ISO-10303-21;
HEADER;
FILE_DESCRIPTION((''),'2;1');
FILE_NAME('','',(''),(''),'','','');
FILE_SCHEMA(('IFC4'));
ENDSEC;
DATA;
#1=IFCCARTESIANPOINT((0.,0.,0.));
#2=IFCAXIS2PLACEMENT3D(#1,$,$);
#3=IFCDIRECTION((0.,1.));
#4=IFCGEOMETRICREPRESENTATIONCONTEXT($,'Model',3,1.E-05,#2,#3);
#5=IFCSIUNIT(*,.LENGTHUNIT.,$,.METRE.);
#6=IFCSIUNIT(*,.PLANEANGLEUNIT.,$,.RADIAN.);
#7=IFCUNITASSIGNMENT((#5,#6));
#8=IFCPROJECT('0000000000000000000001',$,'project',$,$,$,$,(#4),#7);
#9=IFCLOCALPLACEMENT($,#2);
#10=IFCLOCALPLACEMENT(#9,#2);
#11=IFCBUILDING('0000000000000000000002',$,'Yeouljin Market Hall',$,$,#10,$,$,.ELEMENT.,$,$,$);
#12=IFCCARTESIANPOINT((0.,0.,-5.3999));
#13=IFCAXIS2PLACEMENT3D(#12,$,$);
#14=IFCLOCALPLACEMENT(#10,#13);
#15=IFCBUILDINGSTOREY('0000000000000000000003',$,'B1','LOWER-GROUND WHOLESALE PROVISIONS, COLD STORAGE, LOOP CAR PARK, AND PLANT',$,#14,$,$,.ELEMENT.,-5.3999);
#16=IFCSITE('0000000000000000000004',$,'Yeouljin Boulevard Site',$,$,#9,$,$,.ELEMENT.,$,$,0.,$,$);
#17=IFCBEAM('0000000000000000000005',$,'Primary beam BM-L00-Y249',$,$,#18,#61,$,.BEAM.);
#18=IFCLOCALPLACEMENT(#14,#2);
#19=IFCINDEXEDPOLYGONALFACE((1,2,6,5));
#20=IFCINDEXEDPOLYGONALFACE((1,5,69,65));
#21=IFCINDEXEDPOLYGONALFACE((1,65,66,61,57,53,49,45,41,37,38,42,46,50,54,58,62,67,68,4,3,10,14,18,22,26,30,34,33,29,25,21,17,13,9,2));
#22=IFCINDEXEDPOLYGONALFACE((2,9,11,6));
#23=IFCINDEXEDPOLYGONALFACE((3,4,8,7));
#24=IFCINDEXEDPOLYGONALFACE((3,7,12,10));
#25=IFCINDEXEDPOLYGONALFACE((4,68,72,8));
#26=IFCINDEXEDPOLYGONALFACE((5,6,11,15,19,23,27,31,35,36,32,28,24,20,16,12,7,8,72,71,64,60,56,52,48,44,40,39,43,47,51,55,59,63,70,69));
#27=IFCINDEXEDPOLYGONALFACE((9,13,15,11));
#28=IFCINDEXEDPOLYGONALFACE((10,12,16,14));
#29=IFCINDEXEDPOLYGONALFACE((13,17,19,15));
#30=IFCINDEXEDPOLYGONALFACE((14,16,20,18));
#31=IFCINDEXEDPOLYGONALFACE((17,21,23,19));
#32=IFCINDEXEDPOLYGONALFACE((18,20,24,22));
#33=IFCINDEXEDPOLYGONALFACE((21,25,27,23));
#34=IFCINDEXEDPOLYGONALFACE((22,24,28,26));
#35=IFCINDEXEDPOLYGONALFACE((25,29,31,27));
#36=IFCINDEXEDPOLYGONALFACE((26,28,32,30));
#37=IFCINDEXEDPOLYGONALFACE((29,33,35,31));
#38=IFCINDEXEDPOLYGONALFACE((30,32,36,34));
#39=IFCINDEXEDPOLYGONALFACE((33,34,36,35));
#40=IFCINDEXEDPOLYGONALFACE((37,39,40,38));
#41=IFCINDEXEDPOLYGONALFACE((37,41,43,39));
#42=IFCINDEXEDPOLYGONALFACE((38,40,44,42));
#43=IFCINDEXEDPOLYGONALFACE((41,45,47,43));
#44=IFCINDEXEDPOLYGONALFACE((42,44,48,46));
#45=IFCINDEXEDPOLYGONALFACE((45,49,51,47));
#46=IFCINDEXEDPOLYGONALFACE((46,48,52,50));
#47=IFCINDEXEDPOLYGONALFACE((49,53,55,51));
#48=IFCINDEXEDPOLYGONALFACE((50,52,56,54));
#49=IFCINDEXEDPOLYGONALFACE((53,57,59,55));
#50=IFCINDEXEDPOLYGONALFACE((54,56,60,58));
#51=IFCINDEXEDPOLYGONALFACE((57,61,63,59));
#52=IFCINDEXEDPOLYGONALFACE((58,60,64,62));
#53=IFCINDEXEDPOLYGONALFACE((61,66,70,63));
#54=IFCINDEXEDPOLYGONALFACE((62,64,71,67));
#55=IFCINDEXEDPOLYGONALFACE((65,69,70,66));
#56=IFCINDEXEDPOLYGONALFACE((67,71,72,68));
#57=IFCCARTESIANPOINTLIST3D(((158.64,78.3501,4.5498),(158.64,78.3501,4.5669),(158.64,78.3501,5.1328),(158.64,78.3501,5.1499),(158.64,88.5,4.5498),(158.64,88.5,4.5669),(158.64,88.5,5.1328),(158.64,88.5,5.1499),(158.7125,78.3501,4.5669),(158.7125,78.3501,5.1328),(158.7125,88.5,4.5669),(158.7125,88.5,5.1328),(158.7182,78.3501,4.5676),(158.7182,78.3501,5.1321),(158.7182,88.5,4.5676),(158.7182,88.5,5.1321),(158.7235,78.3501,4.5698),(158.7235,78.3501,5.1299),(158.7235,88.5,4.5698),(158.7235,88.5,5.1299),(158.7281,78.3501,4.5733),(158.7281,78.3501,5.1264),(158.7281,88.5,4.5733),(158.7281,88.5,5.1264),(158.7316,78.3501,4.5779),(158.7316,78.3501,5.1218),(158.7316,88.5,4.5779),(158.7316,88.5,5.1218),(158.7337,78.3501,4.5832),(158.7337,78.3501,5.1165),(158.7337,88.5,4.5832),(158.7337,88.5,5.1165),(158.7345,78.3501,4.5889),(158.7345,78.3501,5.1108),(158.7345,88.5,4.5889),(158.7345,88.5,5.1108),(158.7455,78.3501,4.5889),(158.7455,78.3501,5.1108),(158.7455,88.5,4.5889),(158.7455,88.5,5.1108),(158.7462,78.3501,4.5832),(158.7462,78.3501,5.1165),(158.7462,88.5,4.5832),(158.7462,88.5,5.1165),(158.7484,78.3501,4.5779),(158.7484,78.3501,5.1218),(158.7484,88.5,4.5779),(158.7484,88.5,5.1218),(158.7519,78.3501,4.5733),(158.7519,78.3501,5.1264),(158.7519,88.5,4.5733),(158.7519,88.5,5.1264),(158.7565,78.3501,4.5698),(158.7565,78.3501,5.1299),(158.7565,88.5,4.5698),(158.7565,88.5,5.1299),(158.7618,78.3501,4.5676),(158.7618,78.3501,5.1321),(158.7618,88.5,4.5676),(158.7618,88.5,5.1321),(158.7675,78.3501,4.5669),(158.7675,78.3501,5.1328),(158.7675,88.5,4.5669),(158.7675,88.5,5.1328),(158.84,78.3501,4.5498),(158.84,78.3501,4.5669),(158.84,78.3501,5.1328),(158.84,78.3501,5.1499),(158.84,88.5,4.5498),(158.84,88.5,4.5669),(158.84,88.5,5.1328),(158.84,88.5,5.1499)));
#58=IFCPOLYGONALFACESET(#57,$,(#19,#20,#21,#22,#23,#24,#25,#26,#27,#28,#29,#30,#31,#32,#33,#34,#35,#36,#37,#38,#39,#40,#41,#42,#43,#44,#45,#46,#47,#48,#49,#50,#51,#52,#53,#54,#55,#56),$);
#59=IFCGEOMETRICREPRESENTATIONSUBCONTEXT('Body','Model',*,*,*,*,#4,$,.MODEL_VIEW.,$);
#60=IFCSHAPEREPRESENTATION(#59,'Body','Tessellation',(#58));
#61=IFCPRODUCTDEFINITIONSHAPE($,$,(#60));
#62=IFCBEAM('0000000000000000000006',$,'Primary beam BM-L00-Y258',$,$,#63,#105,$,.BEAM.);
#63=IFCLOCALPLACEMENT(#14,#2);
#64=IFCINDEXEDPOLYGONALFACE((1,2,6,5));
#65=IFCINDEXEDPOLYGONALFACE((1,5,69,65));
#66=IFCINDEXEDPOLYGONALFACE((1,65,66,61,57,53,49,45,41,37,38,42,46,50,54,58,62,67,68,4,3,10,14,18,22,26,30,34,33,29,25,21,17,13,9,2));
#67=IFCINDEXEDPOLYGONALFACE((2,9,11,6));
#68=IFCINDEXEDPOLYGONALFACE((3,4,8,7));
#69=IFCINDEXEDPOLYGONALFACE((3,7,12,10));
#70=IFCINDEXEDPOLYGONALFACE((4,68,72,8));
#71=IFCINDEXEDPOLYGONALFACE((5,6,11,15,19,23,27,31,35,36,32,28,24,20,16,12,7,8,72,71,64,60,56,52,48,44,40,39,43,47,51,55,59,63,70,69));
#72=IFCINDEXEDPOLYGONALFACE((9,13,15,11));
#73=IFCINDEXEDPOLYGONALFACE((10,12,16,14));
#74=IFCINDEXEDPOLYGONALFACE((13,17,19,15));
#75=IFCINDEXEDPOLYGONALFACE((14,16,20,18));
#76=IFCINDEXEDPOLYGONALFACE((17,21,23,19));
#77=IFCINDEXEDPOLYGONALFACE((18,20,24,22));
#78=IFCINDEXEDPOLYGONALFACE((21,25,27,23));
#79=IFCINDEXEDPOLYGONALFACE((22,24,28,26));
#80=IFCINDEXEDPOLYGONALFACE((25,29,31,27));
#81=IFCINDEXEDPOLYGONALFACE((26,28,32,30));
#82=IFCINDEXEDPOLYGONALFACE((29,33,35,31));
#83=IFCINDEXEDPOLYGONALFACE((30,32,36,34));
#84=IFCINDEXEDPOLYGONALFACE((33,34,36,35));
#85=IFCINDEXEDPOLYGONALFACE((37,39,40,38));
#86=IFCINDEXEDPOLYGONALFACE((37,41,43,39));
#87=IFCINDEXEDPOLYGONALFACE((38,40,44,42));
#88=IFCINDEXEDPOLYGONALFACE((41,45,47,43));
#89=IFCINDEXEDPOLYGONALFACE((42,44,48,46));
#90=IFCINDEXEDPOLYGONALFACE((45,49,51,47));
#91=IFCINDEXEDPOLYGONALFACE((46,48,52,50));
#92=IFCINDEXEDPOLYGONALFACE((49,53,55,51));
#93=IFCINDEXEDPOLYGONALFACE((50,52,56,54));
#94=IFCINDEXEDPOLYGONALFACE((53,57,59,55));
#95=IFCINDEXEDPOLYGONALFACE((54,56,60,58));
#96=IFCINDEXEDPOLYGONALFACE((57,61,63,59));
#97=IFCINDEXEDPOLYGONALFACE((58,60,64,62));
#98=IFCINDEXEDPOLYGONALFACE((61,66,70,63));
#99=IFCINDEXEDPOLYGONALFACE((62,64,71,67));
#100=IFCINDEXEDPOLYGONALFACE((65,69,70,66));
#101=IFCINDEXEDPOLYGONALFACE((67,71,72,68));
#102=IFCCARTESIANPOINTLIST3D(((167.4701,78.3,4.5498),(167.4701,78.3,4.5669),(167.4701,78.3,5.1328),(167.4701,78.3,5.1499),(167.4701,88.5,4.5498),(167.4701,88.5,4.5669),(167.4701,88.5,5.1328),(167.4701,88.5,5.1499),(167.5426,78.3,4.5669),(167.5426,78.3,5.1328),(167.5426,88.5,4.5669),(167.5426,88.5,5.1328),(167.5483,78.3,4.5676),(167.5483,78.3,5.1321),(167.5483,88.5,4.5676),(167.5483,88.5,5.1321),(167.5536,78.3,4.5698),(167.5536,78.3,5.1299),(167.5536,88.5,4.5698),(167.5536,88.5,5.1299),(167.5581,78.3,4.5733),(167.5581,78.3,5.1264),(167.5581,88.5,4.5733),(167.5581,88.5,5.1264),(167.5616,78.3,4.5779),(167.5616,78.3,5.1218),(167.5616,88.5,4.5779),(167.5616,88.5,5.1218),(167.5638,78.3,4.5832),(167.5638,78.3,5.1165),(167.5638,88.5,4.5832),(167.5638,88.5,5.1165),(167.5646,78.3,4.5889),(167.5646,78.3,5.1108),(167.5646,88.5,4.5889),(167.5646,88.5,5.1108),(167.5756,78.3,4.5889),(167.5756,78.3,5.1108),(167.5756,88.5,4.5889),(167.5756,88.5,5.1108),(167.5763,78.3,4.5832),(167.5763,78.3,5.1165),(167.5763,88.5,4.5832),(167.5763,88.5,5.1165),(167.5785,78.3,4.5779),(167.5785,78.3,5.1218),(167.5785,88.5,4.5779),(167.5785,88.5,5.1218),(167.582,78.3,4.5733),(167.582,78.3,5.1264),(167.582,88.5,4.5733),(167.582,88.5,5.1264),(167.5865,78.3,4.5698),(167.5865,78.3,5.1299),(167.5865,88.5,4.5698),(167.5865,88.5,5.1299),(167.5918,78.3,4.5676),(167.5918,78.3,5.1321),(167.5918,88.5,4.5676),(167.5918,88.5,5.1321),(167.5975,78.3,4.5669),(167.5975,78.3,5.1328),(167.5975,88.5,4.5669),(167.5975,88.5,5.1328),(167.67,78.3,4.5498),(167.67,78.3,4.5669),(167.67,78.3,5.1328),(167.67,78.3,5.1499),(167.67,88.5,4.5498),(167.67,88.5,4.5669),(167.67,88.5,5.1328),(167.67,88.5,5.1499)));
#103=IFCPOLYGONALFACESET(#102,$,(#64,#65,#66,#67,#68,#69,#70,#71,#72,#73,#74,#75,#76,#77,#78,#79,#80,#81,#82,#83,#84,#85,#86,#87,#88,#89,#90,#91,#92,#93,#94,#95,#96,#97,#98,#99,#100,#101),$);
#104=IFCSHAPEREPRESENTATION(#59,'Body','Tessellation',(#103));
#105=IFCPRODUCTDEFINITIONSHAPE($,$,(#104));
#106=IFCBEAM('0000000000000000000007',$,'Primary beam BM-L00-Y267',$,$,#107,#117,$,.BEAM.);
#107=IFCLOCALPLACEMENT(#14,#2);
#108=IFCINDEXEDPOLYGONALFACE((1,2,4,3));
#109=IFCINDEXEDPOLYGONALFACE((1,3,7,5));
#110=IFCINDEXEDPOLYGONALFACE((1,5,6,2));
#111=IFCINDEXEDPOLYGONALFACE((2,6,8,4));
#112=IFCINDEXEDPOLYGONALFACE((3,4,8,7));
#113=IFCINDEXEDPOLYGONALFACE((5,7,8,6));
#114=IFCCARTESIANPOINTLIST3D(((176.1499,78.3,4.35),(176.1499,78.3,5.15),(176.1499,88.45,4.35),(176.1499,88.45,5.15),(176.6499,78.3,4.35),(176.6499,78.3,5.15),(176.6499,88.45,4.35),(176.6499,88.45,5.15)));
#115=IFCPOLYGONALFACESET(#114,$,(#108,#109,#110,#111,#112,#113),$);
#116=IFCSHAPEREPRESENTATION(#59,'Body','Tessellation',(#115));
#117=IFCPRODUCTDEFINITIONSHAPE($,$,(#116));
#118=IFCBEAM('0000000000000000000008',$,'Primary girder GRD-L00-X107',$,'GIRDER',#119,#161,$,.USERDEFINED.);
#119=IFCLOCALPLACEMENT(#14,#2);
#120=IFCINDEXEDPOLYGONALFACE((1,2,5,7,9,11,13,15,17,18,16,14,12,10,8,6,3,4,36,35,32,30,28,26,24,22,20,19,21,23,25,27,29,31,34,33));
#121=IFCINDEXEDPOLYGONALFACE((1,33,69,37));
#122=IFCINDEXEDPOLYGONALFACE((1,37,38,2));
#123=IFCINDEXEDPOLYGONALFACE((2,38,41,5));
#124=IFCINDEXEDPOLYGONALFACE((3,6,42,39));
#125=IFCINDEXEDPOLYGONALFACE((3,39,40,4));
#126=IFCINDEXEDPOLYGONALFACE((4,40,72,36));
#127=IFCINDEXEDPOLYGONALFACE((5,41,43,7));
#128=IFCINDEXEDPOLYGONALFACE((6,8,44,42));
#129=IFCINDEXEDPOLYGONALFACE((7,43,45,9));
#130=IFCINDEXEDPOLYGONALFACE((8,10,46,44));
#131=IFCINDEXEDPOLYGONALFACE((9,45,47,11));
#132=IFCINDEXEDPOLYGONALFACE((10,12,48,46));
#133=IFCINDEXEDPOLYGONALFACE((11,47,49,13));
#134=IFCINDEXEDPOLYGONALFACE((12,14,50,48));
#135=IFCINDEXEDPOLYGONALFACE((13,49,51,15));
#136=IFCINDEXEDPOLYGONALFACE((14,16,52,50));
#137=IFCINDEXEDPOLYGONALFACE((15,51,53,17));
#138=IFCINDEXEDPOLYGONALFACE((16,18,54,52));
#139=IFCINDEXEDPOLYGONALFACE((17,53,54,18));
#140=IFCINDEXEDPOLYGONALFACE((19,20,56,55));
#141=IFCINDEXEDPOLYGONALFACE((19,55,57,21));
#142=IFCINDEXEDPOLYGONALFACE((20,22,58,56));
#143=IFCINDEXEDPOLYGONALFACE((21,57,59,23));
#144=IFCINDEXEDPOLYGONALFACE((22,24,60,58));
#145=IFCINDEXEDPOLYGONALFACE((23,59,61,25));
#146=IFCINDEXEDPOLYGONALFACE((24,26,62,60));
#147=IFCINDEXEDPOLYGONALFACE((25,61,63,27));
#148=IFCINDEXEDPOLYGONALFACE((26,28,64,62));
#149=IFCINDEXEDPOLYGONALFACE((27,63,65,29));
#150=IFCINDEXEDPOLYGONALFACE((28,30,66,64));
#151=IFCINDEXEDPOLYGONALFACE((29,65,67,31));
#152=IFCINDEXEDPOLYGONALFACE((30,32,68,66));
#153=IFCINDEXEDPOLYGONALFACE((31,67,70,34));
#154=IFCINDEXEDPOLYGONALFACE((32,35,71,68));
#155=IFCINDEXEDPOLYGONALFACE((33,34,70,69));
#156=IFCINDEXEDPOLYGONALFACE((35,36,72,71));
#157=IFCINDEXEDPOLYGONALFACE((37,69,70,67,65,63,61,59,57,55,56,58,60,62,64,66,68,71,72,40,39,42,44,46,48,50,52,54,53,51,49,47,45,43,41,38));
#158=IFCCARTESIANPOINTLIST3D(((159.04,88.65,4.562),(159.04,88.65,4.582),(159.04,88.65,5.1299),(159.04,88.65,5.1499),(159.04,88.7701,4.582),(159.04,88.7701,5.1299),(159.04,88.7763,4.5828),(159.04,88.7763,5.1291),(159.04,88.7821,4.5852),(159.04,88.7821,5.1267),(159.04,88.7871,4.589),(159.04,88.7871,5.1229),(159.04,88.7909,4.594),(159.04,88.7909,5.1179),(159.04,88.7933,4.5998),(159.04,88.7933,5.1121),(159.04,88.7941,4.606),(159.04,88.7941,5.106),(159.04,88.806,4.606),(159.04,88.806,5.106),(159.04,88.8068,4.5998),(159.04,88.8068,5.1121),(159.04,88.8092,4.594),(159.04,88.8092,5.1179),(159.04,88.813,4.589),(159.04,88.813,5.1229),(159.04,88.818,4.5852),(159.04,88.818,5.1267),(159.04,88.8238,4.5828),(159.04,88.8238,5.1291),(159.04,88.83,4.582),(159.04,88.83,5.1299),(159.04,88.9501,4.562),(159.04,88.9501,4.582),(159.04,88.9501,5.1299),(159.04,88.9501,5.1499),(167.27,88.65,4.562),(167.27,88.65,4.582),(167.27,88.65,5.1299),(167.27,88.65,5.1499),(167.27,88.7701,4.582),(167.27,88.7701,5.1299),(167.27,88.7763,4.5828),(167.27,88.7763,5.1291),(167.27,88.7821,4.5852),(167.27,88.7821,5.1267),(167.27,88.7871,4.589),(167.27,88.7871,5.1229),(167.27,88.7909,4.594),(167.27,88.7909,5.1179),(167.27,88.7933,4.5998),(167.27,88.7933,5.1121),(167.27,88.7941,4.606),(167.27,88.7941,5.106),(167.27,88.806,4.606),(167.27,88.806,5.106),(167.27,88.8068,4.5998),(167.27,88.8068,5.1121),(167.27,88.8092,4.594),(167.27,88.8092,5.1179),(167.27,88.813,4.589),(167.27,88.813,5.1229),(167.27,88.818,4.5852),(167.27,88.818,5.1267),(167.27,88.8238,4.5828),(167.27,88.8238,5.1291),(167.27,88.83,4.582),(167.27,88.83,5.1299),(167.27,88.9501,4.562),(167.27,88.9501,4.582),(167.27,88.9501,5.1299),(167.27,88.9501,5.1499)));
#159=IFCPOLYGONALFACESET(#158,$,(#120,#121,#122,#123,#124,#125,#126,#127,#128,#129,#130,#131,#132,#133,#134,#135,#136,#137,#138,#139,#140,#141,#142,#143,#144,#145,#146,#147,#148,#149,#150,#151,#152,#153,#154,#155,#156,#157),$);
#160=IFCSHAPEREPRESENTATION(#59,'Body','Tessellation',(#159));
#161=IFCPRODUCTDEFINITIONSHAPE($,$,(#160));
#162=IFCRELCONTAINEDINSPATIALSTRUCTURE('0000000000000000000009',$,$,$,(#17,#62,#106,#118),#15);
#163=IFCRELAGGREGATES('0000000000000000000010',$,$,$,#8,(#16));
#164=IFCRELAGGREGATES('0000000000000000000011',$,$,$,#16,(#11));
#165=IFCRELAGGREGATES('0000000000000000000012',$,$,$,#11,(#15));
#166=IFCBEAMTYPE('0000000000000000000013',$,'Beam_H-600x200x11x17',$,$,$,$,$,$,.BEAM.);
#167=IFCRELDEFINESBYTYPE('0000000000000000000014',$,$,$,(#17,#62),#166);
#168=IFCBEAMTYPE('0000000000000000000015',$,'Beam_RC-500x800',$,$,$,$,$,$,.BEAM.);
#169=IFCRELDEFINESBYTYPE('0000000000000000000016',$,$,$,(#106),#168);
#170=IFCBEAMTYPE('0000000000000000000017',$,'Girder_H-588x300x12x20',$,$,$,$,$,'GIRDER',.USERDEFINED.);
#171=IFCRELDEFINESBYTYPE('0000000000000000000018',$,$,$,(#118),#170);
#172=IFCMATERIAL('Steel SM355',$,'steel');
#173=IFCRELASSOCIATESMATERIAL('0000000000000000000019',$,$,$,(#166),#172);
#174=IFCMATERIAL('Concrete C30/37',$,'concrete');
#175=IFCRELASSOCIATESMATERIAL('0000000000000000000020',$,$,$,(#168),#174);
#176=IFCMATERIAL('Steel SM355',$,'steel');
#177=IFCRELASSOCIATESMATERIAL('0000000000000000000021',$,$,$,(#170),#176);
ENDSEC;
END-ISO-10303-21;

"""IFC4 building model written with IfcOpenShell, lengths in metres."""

from ifc_helpers import new_model, si_unit, direction, frame, origin, origin_2d, place, context, subcontext, project, spatial, rectangle, i_section, extrude, material, material_profile, profile_set, type_object, element, save


model = new_model("IFC4")

# Units and contexts
model_context = context("Model", 3, precision=1e-05, world=origin(), true_north=direction((0.0, 1.0)))
body_context = subcontext(model_context, "Body", "Model", "MODEL_VIEW")
ifc_project = project(units=[si_unit("LENGTHUNIT", "METRE"), si_unit("PLANEANGLEUNIT", "RADIAN")], contexts=[model_context])

# Site, building, storey
site_placement = place(None, origin())
site = spatial("IfcSite", under=ifc_project, at=site_placement, Name="Yeouljin Boulevard Site", CompositionType="ELEMENT", RefElevation=0.0)
building_placement = place(site_placement, origin())
building = spatial("IfcBuilding", under=site, at=building_placement, Name="Yeouljin Market Hall", CompositionType="ELEMENT")
storey_placement = place(building_placement, frame((0.0, 0.0, -5.3999)))
storey = spatial("IfcBuildingStorey", under=building, at=storey_placement, Name="B1", Description="LOWER-GROUND WHOLESALE PROVISIONS, COLD STORAGE, LOOP CAR PARK, AND PLANT", CompositionType="ELEMENT", Elevation=-5.3999)

# Beams
ifc_material_1 = material(Name="Steel SM355", Category="steel")
ifc_material_profile_1 = material_profile(ifc_material_1, i_section(OverallWidth=0.2, OverallDepth=0.6001, WebThickness=0.011, FlangeThickness=0.0171, FilletRadius=0.022, at=origin_2d()), Name="H-600x200x11x17")
ifc_profile_set_1 = profile_set([ifc_material_profile_1], Name="Steel SM355")
beam_type_1 = type_object("IfcBeamType", Name="Beam_H-600x200x11x17", PredefinedType="BEAM", material=ifc_profile_set_1)
beam_1_placement = place(storey_placement, frame((158.74, 78.3501, 4.8499), z_axis=(0.0, 1.0, 0.0), x_axis=(-1.0, 0.0, 0.0)))
element("IfcBeam", 1, at=beam_1_placement, inside=storey, type_object=beam_type_1, Name="Primary beam BM-L00-Y249", PredefinedType="BEAM", context=body_context, shape_type="SweptSolid", body=[
    extrude(i_section(OverallWidth=0.2, OverallDepth=0.6001, WebThickness=0.011, FlangeThickness=0.0171, FilletRadius=0.022, at=origin_2d()), origin(), (0.0, 0.0, 1.0), 10.1499),
])
beam_2_placement = place(storey_placement, frame((167.5701, 78.3, 4.8499), z_axis=(0.0, 1.0, 0.0), x_axis=(-1.0, 0.0, 0.0)))
element("IfcBeam", 2, at=beam_2_placement, inside=storey, type_object=beam_type_1, Name="Primary beam BM-L00-Y258", PredefinedType="BEAM", context=body_context, shape_type="SweptSolid", body=[
    extrude(i_section(OverallWidth=0.2, OverallDepth=0.6001, WebThickness=0.011, FlangeThickness=0.0171, FilletRadius=0.022, at=origin_2d()), origin(), (0.0, 0.0, 1.0), 10.2),
])
ifc_material_2 = material(Name="Concrete C30/37", Category="concrete")
ifc_material_profile_2 = material_profile(ifc_material_2, rectangle(XDim=0.5, YDim=0.8, at=origin_2d()), Name="RC-500x800")
ifc_profile_set_2 = profile_set([ifc_material_profile_2], Name="Concrete C30/37")
beam_type_2 = type_object("IfcBeamType", Name="Beam_RC-500x800", PredefinedType="BEAM", material=ifc_profile_set_2)
beam_3_placement = place(storey_placement, frame((176.3999, 78.3, 4.75), z_axis=(0.0, 1.0, 0.0), x_axis=(-1.0, 0.0, 0.0)))
element("IfcBeam", 3, at=beam_3_placement, inside=storey, type_object=beam_type_2, Name="Primary beam BM-L00-Y267", PredefinedType="BEAM", context=body_context, shape_type="SweptSolid", body=[
    extrude(rectangle(XDim=0.5, YDim=0.8, at=origin_2d()), origin(), (0.0, 0.0, 1.0), 10.1499),
])
ifc_material_3 = material(Name="Steel SM355", Category="steel")
ifc_material_profile_3 = material_profile(ifc_material_3, i_section(OverallWidth=0.3, OverallDepth=0.5879, WebThickness=0.012, FlangeThickness=0.02, FilletRadius=0.0239, at=origin_2d()), Name="H-588x300x12x20")
ifc_profile_set_3 = profile_set([ifc_material_profile_3], Name="Steel SM355")
beam_type_3 = type_object("IfcBeamType", Name="Girder_H-588x300x12x20", ElementType="GIRDER", PredefinedType="USERDEFINED", material=ifc_profile_set_3)
beam_4_placement = place(storey_placement, frame((159.04, 88.8, 4.856), z_axis=(1.0, 0.0, 0.0), x_axis=(0.0, 1.0, 0.0)))
element("IfcBeam", 4, at=beam_4_placement, inside=storey, type_object=beam_type_3, Name="Primary girder GRD-L00-X107", ObjectType="GIRDER", PredefinedType="USERDEFINED", context=body_context, shape_type="SweptSolid", body=[
    extrude(i_section(OverallWidth=0.3, OverallDepth=0.5879, WebThickness=0.012, FlangeThickness=0.02, FilletRadius=0.0239, at=origin_2d()), origin(), (0.0, 0.0, 1.0), 8.23),
])

save(model, "model.ifc")
